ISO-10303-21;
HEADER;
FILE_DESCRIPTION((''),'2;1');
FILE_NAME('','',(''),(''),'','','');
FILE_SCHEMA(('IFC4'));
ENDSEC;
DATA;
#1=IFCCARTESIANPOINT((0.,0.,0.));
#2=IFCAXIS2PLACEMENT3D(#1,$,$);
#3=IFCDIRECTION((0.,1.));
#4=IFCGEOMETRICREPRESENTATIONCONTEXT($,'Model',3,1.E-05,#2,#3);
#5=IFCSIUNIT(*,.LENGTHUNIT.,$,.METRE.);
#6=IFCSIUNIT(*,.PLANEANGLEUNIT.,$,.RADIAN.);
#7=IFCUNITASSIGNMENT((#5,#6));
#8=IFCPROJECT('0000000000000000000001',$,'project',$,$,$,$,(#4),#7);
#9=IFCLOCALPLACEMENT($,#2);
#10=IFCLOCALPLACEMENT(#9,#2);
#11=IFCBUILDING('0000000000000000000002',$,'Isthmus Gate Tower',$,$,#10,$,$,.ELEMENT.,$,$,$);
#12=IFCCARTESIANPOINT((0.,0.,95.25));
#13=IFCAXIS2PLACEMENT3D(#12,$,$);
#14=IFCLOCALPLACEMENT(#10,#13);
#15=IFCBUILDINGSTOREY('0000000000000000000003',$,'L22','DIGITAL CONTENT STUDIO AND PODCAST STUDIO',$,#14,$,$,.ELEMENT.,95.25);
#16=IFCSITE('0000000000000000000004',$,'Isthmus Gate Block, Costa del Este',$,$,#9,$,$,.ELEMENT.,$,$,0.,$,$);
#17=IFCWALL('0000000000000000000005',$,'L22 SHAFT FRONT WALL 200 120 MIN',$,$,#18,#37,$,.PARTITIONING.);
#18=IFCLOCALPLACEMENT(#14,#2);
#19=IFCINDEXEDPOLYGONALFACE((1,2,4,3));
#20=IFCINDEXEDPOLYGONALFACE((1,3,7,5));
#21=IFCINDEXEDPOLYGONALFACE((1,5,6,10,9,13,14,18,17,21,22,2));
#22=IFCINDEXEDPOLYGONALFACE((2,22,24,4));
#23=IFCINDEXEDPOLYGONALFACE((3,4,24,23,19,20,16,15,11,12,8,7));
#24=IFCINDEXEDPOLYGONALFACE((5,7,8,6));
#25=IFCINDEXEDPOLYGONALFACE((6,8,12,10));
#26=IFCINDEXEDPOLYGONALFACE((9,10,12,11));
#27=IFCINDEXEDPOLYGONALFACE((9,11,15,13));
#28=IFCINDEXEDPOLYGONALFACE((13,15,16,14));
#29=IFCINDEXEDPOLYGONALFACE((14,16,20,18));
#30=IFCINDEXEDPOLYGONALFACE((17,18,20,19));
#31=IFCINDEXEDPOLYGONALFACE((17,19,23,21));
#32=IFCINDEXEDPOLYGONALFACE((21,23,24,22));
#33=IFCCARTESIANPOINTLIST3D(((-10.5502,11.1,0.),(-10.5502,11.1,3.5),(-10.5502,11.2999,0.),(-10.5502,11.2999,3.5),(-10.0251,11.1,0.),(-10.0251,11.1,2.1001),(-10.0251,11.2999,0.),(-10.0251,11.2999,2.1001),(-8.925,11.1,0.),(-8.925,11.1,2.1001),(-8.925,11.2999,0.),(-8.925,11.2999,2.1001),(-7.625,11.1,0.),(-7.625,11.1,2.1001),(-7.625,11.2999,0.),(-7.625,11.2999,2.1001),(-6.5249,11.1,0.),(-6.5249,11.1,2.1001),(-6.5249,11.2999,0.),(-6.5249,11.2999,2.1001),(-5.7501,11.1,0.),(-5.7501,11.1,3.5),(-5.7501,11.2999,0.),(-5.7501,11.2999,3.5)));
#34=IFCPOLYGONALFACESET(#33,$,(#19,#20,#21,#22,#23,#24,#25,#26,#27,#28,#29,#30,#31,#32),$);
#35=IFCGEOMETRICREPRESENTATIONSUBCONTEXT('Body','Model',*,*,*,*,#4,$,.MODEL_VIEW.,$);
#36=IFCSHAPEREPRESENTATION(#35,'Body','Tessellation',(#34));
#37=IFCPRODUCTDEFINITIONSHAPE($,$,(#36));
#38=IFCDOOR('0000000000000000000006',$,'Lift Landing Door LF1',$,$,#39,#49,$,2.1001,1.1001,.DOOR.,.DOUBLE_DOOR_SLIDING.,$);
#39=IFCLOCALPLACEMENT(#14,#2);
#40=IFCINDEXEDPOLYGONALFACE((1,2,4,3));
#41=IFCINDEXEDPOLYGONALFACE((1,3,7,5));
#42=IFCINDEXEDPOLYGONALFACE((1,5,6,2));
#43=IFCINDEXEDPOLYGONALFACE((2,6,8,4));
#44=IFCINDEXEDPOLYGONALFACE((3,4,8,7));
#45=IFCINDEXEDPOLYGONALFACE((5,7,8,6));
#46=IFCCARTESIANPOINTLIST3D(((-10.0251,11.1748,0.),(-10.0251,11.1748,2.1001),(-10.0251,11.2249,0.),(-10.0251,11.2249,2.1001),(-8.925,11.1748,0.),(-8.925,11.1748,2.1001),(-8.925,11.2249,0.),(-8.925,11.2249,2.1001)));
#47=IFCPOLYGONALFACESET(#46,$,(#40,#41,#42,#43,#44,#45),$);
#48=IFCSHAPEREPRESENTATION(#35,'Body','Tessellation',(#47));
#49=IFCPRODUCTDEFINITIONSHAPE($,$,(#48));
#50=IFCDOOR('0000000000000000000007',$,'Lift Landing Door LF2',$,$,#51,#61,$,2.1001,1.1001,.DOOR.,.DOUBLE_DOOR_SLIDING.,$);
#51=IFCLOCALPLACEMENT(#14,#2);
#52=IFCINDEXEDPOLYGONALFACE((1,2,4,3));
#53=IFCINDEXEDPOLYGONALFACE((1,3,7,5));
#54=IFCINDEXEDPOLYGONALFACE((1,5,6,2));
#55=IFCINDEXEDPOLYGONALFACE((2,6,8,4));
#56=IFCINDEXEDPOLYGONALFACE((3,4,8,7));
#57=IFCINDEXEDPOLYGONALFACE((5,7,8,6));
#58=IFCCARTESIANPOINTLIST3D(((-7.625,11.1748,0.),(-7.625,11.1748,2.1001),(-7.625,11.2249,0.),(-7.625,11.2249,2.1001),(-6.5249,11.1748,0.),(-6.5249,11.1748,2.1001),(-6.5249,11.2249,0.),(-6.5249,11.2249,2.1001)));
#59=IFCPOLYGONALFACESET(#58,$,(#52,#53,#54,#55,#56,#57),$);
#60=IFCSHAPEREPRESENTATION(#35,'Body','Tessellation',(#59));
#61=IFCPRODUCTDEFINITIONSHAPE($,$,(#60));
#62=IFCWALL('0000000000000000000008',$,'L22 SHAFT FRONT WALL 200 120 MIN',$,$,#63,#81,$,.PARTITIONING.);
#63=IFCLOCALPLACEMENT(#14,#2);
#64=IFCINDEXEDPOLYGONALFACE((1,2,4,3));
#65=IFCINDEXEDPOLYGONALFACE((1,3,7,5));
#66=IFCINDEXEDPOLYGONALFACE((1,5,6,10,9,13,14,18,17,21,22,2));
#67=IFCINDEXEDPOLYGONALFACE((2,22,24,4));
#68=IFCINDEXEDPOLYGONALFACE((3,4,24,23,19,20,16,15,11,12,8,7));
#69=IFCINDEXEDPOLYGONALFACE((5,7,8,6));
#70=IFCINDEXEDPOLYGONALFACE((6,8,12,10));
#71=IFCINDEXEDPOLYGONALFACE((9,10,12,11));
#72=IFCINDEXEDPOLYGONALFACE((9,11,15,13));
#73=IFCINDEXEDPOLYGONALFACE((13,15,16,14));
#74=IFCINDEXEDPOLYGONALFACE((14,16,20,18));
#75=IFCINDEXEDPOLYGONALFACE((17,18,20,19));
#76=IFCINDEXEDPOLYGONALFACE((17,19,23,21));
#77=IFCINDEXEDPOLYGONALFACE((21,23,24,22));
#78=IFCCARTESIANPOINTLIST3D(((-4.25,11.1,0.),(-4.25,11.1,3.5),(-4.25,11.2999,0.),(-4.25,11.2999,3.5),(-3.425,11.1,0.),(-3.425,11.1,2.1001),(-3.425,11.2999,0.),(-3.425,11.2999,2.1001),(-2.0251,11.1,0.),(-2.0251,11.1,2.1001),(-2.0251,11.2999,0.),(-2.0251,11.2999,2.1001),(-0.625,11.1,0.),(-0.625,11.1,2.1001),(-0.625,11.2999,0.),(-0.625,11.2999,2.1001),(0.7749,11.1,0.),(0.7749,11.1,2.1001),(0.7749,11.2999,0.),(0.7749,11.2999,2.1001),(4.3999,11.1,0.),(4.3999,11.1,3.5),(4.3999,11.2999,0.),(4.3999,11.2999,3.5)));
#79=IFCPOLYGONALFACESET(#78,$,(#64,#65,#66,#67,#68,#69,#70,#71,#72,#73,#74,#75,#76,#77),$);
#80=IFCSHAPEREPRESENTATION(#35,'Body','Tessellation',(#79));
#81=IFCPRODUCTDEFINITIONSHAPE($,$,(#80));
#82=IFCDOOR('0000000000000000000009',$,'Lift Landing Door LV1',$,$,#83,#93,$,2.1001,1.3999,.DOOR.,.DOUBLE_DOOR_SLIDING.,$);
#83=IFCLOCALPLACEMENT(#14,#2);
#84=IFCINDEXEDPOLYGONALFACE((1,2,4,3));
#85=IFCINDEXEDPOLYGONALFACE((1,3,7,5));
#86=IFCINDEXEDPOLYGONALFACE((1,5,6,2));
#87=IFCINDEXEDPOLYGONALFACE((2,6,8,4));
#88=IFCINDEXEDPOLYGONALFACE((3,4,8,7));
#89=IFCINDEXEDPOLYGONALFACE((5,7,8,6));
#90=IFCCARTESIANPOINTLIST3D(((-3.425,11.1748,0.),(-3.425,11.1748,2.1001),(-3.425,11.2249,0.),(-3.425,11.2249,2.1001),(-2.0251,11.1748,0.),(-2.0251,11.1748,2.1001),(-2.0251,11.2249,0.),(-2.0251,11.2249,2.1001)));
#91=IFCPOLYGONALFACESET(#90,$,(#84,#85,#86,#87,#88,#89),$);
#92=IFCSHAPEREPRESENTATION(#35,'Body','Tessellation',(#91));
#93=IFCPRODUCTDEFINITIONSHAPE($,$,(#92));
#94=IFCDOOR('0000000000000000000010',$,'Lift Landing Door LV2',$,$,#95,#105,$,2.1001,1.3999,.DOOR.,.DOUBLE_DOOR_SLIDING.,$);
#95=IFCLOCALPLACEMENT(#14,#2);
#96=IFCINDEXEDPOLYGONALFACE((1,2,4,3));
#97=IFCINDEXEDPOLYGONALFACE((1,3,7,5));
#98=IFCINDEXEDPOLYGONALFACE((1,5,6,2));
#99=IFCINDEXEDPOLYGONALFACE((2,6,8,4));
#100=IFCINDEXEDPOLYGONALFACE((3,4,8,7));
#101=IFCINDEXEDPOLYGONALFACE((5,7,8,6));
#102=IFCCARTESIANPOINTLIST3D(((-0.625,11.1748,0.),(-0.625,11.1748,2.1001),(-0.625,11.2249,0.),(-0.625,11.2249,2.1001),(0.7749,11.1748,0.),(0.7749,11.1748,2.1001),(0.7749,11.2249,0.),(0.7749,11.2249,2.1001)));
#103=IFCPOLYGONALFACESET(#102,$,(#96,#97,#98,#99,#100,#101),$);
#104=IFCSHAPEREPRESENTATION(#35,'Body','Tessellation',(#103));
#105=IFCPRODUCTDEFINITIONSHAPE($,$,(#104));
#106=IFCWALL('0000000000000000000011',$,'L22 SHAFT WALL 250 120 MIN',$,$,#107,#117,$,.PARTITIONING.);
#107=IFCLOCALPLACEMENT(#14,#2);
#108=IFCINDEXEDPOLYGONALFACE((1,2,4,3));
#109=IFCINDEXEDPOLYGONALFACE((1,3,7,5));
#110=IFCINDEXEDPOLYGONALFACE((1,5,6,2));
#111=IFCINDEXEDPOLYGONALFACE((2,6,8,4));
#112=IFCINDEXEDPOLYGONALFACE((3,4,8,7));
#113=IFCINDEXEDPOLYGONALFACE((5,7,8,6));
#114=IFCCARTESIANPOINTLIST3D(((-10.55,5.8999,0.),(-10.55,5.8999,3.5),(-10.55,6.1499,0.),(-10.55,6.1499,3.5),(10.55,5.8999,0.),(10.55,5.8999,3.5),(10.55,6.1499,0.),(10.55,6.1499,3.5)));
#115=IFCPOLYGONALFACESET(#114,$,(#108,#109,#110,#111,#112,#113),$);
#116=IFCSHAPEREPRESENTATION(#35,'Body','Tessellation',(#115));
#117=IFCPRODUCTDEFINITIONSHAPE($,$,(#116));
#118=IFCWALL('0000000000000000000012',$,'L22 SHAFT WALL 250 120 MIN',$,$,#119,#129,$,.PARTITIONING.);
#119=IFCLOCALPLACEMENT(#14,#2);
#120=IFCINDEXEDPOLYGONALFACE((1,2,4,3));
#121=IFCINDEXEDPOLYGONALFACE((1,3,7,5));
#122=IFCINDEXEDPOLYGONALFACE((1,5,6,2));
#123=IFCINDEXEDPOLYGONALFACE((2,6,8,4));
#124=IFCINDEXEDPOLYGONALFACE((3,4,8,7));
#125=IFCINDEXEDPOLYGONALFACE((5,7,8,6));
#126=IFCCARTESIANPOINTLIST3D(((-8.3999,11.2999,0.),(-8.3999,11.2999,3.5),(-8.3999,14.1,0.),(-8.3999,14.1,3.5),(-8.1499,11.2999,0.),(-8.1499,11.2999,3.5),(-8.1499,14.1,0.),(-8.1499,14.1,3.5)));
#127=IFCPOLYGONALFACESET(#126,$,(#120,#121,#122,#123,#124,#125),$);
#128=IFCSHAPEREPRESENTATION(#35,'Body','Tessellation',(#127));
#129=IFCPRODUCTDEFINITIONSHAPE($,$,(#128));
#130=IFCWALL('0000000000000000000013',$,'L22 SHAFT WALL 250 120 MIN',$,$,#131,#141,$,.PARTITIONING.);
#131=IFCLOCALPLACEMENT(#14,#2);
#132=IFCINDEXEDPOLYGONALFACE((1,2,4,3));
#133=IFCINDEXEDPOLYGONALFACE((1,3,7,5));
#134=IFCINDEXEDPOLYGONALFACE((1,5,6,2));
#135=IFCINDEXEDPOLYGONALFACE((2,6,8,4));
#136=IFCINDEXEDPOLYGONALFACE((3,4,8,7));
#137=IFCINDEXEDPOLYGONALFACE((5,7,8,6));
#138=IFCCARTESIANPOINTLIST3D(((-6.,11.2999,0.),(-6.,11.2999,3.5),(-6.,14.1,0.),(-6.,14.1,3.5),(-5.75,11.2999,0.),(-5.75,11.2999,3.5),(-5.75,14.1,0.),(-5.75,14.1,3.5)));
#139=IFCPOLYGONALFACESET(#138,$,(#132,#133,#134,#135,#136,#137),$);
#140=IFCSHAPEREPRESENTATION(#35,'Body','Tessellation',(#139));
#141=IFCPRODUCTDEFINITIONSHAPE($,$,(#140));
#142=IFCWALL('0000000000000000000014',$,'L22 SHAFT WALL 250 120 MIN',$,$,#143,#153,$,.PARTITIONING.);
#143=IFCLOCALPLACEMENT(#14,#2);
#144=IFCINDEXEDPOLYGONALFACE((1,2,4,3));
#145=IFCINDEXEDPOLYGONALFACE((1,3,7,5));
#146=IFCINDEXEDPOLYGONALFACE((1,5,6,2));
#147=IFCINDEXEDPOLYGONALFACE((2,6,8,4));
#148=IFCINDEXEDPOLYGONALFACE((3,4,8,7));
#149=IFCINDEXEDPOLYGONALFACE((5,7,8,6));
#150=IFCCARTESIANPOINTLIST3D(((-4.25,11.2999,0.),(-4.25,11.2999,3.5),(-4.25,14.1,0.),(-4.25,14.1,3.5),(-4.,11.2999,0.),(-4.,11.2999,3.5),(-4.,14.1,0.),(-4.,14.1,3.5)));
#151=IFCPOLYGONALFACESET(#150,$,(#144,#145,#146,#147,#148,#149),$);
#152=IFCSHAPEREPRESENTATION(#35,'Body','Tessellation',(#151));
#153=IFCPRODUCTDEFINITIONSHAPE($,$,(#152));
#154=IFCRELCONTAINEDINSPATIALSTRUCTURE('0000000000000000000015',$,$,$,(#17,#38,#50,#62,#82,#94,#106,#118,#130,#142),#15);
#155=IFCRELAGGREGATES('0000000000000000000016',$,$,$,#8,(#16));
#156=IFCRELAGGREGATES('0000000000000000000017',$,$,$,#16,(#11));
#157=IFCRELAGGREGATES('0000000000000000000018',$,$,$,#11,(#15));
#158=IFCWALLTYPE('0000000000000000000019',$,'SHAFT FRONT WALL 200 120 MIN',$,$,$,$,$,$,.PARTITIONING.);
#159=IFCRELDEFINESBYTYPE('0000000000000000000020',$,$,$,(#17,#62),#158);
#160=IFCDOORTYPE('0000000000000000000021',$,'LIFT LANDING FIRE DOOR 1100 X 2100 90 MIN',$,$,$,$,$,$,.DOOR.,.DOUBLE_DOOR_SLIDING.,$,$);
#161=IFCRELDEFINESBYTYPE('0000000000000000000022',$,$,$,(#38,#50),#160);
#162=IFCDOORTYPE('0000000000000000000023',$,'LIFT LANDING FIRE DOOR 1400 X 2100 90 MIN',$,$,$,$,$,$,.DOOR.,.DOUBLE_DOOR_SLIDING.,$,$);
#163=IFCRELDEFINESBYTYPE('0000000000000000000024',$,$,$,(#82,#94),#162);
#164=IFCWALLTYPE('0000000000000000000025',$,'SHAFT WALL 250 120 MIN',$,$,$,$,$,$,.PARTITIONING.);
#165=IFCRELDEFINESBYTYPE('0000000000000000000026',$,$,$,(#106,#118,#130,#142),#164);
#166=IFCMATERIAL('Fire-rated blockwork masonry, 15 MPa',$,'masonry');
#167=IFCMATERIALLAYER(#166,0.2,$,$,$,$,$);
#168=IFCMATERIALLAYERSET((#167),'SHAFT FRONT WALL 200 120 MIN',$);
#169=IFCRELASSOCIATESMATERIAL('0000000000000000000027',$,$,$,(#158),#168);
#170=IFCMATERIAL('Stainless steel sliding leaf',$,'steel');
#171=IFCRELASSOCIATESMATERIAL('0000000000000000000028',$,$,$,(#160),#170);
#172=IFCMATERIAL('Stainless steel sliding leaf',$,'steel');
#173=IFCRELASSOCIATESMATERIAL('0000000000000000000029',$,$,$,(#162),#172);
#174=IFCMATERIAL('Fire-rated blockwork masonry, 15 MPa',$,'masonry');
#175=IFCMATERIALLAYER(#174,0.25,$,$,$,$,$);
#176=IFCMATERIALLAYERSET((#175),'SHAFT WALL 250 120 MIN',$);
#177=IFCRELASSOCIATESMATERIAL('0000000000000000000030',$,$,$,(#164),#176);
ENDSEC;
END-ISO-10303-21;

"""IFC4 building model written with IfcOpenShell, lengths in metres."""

from ifc_helpers import new_model, si_unit, direction, frame, frame_2d, origin, place, context, subcontext, project, spatial, rectangle, extrude, material, layer, layer_set, type_object, element, fill, save


model = new_model("IFC4")

# Units and contexts
model_context = context("Model", 3, precision=1e-05, world=origin(), true_north=direction((0.0, 1.0)))
body_context = subcontext(model_context, "Body", "Model", "MODEL_VIEW")
ifc_project = project(units=[si_unit("LENGTHUNIT", "METRE"), si_unit("PLANEANGLEUNIT", "RADIAN")], contexts=[model_context])

# Site, building, storey
site_placement = place(None, origin())
site = spatial("IfcSite", under=ifc_project, at=site_placement, Name="Isthmus Gate Block, Costa del Este", CompositionType="ELEMENT", RefElevation=0.0)
building_placement = place(site_placement, origin())
building = spatial("IfcBuilding", under=site, at=building_placement, Name="Isthmus Gate Tower", CompositionType="ELEMENT")
storey_placement = place(building_placement, frame((0.0, 0.0, 95.25)))
storey = spatial("IfcBuildingStorey", under=building, at=storey_placement, Name="L22", Description="DIGITAL CONTENT STUDIO AND PODCAST STUDIO", CompositionType="ELEMENT", Elevation=95.25)

# Walls, openings, doors
ifc_material_1 = material(Name="Fire-rated blockwork masonry, 15 MPa", Category="masonry")
ifc_layer_1 = layer(ifc_material_1, 0.2)
ifc_layer_set_1 = layer_set([ifc_layer_1], Name="SHAFT FRONT WALL 200 120 MIN")
wall_type_1 = type_object("IfcWallType", Name="SHAFT FRONT WALL 200 120 MIN", PredefinedType="PARTITIONING", material=ifc_layer_set_1)
wall_1_placement = place(storey_placement, frame((-10.55, 11.2, 0.0), z_axis=(0.0, 0.0, 1.0), x_axis=(1.0, 0.0, 0.0)))
wall_1 = element("IfcWall", 1, at=wall_1_placement, inside=storey, type_object=wall_type_1, Name="L22 SHAFT FRONT WALL 200 120 MIN", PredefinedType="PARTITIONING", context=body_context, shape_type="SweptSolid", body=[
    extrude(rectangle(XDim=4.8, YDim=0.2, at=frame_2d((2.3999, 0.0))), origin(), (0.0, 0.0, 1.0), 3.5),
])
opening_1_placement = place(wall_1_placement, frame((0.5249, 0.0, 0.0)))
opening_1 = element("IfcOpeningElement", 2, at=opening_1_placement, cuts=wall_1, PredefinedType="OPENING", context=body_context, shape_type="SweptSolid", body=[
    extrude(rectangle(XDim=1.1001, YDim=2.1001, at=frame_2d((0.55, 1.05))), frame((0.0, 0.1099, 0.0), z_axis=(0.0, -1.0, 0.0), x_axis=(1.0, 0.0, 0.0)), (0.0, 0.0, 1.0), 0.22),
])
opening_2_placement = place(wall_1_placement, frame((2.925, 0.0, 0.0)))
opening_2 = element("IfcOpeningElement", 3, at=opening_2_placement, cuts=wall_1, PredefinedType="OPENING", context=body_context, shape_type="SweptSolid", body=[
    extrude(rectangle(XDim=1.1001, YDim=2.1001, at=frame_2d((0.55, 1.05))), frame((0.0, 0.1099, 0.0), z_axis=(0.0, -1.0, 0.0), x_axis=(1.0, 0.0, 0.0)), (0.0, 0.0, 1.0), 0.22),
])
ifc_material_2 = material(Name="Stainless steel sliding leaf", Category="steel")
door_type_1 = type_object("IfcDoorType", Name="LIFT LANDING FIRE DOOR 1100 X 2100 90 MIN", OperationType="DOUBLE_DOOR_SLIDING", PredefinedType="DOOR", material=ifc_material_2)
door_1_placement = place(opening_1_placement, origin())
door_1 = element("IfcDoor", 4, at=door_1_placement, inside=storey, type_object=door_type_1, Name="Lift Landing Door LF1", OperationType="DOUBLE_DOOR_SLIDING", OverallHeight=2.1001, OverallWidth=1.1001, PredefinedType="DOOR", context=body_context, shape_type="SweptSolid", body=[
    extrude(rectangle(XDim=1.1001, YDim=2.1001, at=frame_2d((0.55, 1.05))), frame((0.0, 0.0249, 0.0), z_axis=(0.0, -1.0, 0.0), x_axis=(1.0, 0.0, 0.0)), (0.0, 0.0, 1.0), 0.05),
])
fill(opening_1, door_1)
door_2_placement = place(opening_2_placement, origin())
door_2 = element("IfcDoor", 5, at=door_2_placement, inside=storey, type_object=door_type_1, Name="Lift Landing Door LF2", OperationType="DOUBLE_DOOR_SLIDING", OverallHeight=2.1001, OverallWidth=1.1001, PredefinedType="DOOR", context=body_context, shape_type="SweptSolid", body=[
    extrude(rectangle(XDim=1.1001, YDim=2.1001, at=frame_2d((0.55, 1.05))), frame((0.0, 0.0249, 0.0), z_axis=(0.0, -1.0, 0.0), x_axis=(1.0, 0.0, 0.0)), (0.0, 0.0, 1.0), 0.05),
])
fill(opening_2, door_2)
wall_2_placement = place(storey_placement, frame((-4.25, 11.2, 0.0), z_axis=(0.0, 0.0, 1.0), x_axis=(1.0, 0.0, 0.0)))
wall_2 = element("IfcWall", 6, at=wall_2_placement, inside=storey, type_object=wall_type_1, Name="L22 SHAFT FRONT WALL 200 120 MIN", PredefinedType="PARTITIONING", context=body_context, shape_type="SweptSolid", body=[
    extrude(rectangle(XDim=8.6499, YDim=0.2, at=frame_2d((4.325, 0.0))), origin(), (0.0, 0.0, 1.0), 3.5),
])
opening_3_placement = place(wall_2_placement, frame((0.825, 0.0, 0.0)))
opening_3 = element("IfcOpeningElement", 7, at=opening_3_placement, cuts=wall_2, PredefinedType="OPENING", context=body_context, shape_type="SweptSolid", body=[
    extrude(rectangle(XDim=1.3999, YDim=2.1001, at=frame_2d((0.7, 1.05))), frame((0.0, 0.1099, 0.0), z_axis=(0.0, -1.0, 0.0), x_axis=(1.0, 0.0, 0.0)), (0.0, 0.0, 1.0), 0.22),
])
opening_4_placement = place(wall_2_placement, frame((3.625, 0.0, 0.0)))
opening_4 = element("IfcOpeningElement", 8, at=opening_4_placement, cuts=wall_2, PredefinedType="OPENING", context=body_context, shape_type="SweptSolid", body=[
    extrude(rectangle(XDim=1.3999, YDim=2.1001, at=frame_2d((0.7, 1.05))), frame((0.0, 0.1099, 0.0), z_axis=(0.0, -1.0, 0.0), x_axis=(1.0, 0.0, 0.0)), (0.0, 0.0, 1.0), 0.22),
])
ifc_material_3 = material(Name="Stainless steel sliding leaf", Category="steel")
door_type_2 = type_object("IfcDoorType", Name="LIFT LANDING FIRE DOOR 1400 X 2100 90 MIN", OperationType="DOUBLE_DOOR_SLIDING", PredefinedType="DOOR", material=ifc_material_3)
door_3_placement = place(opening_3_placement, origin())
door_3 = element("IfcDoor", 9, at=door_3_placement, inside=storey, type_object=door_type_2, Name="Lift Landing Door LV1", OperationType="DOUBLE_DOOR_SLIDING", OverallHeight=2.1001, OverallWidth=1.3999, PredefinedType="DOOR", context=body_context, shape_type="SweptSolid", body=[
    extrude(rectangle(XDim=1.3999, YDim=2.1001, at=frame_2d((0.7, 1.05))), frame((0.0, 0.0249, 0.0), z_axis=(0.0, -1.0, 0.0), x_axis=(1.0, 0.0, 0.0)), (0.0, 0.0, 1.0), 0.05),
])
fill(opening_3, door_3)
door_4_placement = place(opening_4_placement, origin())
door_4 = element("IfcDoor", 10, at=door_4_placement, inside=storey, type_object=door_type_2, Name="Lift Landing Door LV2", OperationType="DOUBLE_DOOR_SLIDING", OverallHeight=2.1001, OverallWidth=1.3999, PredefinedType="DOOR", context=body_context, shape_type="SweptSolid", body=[
    extrude(rectangle(XDim=1.3999, YDim=2.1001, at=frame_2d((0.7, 1.05))), frame((0.0, 0.0249, 0.0), z_axis=(0.0, -1.0, 0.0), x_axis=(1.0, 0.0, 0.0)), (0.0, 0.0, 1.0), 0.05),
])
fill(opening_4, door_4)

# Walls
ifc_material_4 = material(Name="Fire-rated blockwork masonry, 15 MPa", Category="masonry")
ifc_layer_2 = layer(ifc_material_4, 0.25)
ifc_layer_set_2 = layer_set([ifc_layer_2], Name="SHAFT WALL 250 120 MIN")
wall_type_2 = type_object("IfcWallType", Name="SHAFT WALL 250 120 MIN", PredefinedType="PARTITIONING", material=ifc_layer_set_2)
wall_3_placement = place(storey_placement, frame((-10.55, 6.0249, 0.0), z_axis=(0.0, 0.0, 1.0), x_axis=(1.0, 0.0, 0.0)))
element("IfcWall", 11, at=wall_3_placement, inside=storey, type_object=wall_type_2, Name="L22 SHAFT WALL 250 120 MIN", PredefinedType="PARTITIONING", context=body_context, shape_type="SweptSolid", body=[
    extrude(rectangle(XDim=21.1001, YDim=0.25, at=frame_2d((10.55, 0.0))), origin(), (0.0, 0.0, 1.0), 3.5),
])
for number, where, z_axis, x_axis, name in (
    (12, (-8.2749, 11.3, 0.0), (0.0, 0.0, 1.0), (0.0, 1.0, 0.0), "L22 SHAFT WALL 250 120 MIN"),
    (13, (-5.875, 11.3, 0.0), (0.0, 0.0, 1.0), (0.0, 1.0, 0.0), "L22 SHAFT WALL 250 120 MIN"),
    (14, (-4.125, 11.3, 0.0), (0.0, 0.0, 1.0), (0.0, 1.0, 0.0), "L22 SHAFT WALL 250 120 MIN"),
):
    element("IfcWall", number, at=place(storey_placement, frame(where, z_axis=z_axis, x_axis=x_axis)), inside=storey, type_object=wall_type_2, Name=name, PredefinedType="PARTITIONING", context=body_context, shape_type="SweptSolid", body=[
        extrude(rectangle(XDim=2.8, YDim=0.25, at=frame_2d((1.3999, 0.0))), origin(), (0.0, 0.0, 1.0), 3.5),
    ])

save(model, "model.ifc")
